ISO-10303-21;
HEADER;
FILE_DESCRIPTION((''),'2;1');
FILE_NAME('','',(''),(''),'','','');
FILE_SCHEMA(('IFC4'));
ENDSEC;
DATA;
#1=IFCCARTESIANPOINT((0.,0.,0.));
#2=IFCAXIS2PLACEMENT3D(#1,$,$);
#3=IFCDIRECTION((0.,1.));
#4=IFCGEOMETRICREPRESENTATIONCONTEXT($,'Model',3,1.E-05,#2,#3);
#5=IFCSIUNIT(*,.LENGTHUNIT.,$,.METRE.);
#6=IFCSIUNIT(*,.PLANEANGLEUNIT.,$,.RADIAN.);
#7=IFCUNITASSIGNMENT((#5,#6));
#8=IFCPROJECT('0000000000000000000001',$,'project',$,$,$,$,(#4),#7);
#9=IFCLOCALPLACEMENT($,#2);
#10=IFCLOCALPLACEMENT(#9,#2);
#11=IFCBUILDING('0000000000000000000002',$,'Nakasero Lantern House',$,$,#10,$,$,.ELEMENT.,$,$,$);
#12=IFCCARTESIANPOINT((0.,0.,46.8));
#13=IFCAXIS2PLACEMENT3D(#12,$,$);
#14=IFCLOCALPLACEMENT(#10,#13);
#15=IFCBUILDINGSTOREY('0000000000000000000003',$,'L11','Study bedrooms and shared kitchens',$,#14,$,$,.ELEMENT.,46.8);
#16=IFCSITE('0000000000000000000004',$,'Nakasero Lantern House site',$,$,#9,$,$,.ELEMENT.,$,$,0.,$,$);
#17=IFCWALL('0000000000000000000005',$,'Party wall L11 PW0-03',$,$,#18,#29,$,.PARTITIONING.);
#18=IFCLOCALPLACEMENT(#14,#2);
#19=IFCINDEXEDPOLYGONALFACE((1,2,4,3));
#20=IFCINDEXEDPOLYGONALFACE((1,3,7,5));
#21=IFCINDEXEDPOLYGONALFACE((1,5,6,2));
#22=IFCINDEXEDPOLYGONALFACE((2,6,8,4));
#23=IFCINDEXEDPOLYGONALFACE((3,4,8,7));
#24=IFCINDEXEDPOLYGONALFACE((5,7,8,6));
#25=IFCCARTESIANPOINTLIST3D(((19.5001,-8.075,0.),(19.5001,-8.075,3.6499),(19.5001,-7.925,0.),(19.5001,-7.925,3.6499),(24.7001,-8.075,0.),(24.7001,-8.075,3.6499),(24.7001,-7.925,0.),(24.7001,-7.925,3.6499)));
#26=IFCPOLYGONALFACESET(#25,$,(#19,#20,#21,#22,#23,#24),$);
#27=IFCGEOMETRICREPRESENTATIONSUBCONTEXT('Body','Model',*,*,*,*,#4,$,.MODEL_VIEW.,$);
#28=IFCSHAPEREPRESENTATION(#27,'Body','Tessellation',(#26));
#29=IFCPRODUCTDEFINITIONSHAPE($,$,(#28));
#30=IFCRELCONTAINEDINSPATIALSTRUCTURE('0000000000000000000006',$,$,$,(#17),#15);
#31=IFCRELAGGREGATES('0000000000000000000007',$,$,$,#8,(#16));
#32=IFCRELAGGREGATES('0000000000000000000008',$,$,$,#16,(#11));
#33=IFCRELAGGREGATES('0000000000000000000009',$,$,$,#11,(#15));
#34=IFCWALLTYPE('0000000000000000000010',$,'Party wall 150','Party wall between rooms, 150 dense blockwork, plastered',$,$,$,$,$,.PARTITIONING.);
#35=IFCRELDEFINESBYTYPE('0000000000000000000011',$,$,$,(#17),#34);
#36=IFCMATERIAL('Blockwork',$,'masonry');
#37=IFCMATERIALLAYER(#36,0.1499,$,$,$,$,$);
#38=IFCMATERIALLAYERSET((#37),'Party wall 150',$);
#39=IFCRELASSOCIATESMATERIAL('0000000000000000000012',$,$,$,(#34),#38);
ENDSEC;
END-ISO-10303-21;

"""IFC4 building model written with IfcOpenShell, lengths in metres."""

from ifc_helpers import new_model, si_unit, direction, frame, frame_2d, origin, place, context, subcontext, project, spatial, rectangle, extrude, material, layer, layer_set, type_object, element, save


model = new_model("IFC4")

# Units and contexts
model_context = context("Model", 3, precision=1e-05, world=origin(), true_north=direction((0.0, 1.0)))
body_context = subcontext(model_context, "Body", "Model", "MODEL_VIEW")
ifc_project = project(units=[si_unit("LENGTHUNIT", "METRE"), si_unit("PLANEANGLEUNIT", "RADIAN")], contexts=[model_context])

# Site, building, storey
site_placement = place(None, origin())
site = spatial("IfcSite", under=ifc_project, at=site_placement, Name="Nakasero Lantern House site", CompositionType="ELEMENT", RefElevation=0.0)
building_placement = place(site_placement, origin())
building = spatial("IfcBuilding", under=site, at=building_placement, Name="Nakasero Lantern House", CompositionType="ELEMENT")
storey_placement = place(building_placement, frame((0.0, 0.0, 46.8)))
storey = spatial("IfcBuildingStorey", under=building, at=storey_placement, Name="L11", Description="Study bedrooms and shared kitchens", CompositionType="ELEMENT", Elevation=46.8)

# Wall
ifc_material_1 = material(Name="Blockwork", Category="masonry")
ifc_layer_1 = layer(ifc_material_1, 0.1499)
ifc_layer_set_1 = layer_set([ifc_layer_1], Name="Party wall 150")
wall_type_1 = type_object("IfcWallType", Name="Party wall 150", Description="Party wall between rooms, 150 dense blockwork, plastered", PredefinedType="PARTITIONING", material=ifc_layer_set_1)
wall_1_placement = place(storey_placement, frame((19.5, -8.0, 0.0), z_axis=(0.0, 0.0, 1.0), x_axis=(1.0, 0.0, 0.0)))
element("IfcWall", 1, at=wall_1_placement, inside=storey, type_object=wall_type_1, Name="Party wall L11 PW0-03", PredefinedType="PARTITIONING", context=body_context, shape_type="SweptSolid", body=[
    extrude(rectangle(XDim=5.2, YDim=0.1499, at=frame_2d((2.6001, 0.0))), origin(), (0.0, 0.0, 1.0), 3.6499),
])

save(model, "model.ifc")
